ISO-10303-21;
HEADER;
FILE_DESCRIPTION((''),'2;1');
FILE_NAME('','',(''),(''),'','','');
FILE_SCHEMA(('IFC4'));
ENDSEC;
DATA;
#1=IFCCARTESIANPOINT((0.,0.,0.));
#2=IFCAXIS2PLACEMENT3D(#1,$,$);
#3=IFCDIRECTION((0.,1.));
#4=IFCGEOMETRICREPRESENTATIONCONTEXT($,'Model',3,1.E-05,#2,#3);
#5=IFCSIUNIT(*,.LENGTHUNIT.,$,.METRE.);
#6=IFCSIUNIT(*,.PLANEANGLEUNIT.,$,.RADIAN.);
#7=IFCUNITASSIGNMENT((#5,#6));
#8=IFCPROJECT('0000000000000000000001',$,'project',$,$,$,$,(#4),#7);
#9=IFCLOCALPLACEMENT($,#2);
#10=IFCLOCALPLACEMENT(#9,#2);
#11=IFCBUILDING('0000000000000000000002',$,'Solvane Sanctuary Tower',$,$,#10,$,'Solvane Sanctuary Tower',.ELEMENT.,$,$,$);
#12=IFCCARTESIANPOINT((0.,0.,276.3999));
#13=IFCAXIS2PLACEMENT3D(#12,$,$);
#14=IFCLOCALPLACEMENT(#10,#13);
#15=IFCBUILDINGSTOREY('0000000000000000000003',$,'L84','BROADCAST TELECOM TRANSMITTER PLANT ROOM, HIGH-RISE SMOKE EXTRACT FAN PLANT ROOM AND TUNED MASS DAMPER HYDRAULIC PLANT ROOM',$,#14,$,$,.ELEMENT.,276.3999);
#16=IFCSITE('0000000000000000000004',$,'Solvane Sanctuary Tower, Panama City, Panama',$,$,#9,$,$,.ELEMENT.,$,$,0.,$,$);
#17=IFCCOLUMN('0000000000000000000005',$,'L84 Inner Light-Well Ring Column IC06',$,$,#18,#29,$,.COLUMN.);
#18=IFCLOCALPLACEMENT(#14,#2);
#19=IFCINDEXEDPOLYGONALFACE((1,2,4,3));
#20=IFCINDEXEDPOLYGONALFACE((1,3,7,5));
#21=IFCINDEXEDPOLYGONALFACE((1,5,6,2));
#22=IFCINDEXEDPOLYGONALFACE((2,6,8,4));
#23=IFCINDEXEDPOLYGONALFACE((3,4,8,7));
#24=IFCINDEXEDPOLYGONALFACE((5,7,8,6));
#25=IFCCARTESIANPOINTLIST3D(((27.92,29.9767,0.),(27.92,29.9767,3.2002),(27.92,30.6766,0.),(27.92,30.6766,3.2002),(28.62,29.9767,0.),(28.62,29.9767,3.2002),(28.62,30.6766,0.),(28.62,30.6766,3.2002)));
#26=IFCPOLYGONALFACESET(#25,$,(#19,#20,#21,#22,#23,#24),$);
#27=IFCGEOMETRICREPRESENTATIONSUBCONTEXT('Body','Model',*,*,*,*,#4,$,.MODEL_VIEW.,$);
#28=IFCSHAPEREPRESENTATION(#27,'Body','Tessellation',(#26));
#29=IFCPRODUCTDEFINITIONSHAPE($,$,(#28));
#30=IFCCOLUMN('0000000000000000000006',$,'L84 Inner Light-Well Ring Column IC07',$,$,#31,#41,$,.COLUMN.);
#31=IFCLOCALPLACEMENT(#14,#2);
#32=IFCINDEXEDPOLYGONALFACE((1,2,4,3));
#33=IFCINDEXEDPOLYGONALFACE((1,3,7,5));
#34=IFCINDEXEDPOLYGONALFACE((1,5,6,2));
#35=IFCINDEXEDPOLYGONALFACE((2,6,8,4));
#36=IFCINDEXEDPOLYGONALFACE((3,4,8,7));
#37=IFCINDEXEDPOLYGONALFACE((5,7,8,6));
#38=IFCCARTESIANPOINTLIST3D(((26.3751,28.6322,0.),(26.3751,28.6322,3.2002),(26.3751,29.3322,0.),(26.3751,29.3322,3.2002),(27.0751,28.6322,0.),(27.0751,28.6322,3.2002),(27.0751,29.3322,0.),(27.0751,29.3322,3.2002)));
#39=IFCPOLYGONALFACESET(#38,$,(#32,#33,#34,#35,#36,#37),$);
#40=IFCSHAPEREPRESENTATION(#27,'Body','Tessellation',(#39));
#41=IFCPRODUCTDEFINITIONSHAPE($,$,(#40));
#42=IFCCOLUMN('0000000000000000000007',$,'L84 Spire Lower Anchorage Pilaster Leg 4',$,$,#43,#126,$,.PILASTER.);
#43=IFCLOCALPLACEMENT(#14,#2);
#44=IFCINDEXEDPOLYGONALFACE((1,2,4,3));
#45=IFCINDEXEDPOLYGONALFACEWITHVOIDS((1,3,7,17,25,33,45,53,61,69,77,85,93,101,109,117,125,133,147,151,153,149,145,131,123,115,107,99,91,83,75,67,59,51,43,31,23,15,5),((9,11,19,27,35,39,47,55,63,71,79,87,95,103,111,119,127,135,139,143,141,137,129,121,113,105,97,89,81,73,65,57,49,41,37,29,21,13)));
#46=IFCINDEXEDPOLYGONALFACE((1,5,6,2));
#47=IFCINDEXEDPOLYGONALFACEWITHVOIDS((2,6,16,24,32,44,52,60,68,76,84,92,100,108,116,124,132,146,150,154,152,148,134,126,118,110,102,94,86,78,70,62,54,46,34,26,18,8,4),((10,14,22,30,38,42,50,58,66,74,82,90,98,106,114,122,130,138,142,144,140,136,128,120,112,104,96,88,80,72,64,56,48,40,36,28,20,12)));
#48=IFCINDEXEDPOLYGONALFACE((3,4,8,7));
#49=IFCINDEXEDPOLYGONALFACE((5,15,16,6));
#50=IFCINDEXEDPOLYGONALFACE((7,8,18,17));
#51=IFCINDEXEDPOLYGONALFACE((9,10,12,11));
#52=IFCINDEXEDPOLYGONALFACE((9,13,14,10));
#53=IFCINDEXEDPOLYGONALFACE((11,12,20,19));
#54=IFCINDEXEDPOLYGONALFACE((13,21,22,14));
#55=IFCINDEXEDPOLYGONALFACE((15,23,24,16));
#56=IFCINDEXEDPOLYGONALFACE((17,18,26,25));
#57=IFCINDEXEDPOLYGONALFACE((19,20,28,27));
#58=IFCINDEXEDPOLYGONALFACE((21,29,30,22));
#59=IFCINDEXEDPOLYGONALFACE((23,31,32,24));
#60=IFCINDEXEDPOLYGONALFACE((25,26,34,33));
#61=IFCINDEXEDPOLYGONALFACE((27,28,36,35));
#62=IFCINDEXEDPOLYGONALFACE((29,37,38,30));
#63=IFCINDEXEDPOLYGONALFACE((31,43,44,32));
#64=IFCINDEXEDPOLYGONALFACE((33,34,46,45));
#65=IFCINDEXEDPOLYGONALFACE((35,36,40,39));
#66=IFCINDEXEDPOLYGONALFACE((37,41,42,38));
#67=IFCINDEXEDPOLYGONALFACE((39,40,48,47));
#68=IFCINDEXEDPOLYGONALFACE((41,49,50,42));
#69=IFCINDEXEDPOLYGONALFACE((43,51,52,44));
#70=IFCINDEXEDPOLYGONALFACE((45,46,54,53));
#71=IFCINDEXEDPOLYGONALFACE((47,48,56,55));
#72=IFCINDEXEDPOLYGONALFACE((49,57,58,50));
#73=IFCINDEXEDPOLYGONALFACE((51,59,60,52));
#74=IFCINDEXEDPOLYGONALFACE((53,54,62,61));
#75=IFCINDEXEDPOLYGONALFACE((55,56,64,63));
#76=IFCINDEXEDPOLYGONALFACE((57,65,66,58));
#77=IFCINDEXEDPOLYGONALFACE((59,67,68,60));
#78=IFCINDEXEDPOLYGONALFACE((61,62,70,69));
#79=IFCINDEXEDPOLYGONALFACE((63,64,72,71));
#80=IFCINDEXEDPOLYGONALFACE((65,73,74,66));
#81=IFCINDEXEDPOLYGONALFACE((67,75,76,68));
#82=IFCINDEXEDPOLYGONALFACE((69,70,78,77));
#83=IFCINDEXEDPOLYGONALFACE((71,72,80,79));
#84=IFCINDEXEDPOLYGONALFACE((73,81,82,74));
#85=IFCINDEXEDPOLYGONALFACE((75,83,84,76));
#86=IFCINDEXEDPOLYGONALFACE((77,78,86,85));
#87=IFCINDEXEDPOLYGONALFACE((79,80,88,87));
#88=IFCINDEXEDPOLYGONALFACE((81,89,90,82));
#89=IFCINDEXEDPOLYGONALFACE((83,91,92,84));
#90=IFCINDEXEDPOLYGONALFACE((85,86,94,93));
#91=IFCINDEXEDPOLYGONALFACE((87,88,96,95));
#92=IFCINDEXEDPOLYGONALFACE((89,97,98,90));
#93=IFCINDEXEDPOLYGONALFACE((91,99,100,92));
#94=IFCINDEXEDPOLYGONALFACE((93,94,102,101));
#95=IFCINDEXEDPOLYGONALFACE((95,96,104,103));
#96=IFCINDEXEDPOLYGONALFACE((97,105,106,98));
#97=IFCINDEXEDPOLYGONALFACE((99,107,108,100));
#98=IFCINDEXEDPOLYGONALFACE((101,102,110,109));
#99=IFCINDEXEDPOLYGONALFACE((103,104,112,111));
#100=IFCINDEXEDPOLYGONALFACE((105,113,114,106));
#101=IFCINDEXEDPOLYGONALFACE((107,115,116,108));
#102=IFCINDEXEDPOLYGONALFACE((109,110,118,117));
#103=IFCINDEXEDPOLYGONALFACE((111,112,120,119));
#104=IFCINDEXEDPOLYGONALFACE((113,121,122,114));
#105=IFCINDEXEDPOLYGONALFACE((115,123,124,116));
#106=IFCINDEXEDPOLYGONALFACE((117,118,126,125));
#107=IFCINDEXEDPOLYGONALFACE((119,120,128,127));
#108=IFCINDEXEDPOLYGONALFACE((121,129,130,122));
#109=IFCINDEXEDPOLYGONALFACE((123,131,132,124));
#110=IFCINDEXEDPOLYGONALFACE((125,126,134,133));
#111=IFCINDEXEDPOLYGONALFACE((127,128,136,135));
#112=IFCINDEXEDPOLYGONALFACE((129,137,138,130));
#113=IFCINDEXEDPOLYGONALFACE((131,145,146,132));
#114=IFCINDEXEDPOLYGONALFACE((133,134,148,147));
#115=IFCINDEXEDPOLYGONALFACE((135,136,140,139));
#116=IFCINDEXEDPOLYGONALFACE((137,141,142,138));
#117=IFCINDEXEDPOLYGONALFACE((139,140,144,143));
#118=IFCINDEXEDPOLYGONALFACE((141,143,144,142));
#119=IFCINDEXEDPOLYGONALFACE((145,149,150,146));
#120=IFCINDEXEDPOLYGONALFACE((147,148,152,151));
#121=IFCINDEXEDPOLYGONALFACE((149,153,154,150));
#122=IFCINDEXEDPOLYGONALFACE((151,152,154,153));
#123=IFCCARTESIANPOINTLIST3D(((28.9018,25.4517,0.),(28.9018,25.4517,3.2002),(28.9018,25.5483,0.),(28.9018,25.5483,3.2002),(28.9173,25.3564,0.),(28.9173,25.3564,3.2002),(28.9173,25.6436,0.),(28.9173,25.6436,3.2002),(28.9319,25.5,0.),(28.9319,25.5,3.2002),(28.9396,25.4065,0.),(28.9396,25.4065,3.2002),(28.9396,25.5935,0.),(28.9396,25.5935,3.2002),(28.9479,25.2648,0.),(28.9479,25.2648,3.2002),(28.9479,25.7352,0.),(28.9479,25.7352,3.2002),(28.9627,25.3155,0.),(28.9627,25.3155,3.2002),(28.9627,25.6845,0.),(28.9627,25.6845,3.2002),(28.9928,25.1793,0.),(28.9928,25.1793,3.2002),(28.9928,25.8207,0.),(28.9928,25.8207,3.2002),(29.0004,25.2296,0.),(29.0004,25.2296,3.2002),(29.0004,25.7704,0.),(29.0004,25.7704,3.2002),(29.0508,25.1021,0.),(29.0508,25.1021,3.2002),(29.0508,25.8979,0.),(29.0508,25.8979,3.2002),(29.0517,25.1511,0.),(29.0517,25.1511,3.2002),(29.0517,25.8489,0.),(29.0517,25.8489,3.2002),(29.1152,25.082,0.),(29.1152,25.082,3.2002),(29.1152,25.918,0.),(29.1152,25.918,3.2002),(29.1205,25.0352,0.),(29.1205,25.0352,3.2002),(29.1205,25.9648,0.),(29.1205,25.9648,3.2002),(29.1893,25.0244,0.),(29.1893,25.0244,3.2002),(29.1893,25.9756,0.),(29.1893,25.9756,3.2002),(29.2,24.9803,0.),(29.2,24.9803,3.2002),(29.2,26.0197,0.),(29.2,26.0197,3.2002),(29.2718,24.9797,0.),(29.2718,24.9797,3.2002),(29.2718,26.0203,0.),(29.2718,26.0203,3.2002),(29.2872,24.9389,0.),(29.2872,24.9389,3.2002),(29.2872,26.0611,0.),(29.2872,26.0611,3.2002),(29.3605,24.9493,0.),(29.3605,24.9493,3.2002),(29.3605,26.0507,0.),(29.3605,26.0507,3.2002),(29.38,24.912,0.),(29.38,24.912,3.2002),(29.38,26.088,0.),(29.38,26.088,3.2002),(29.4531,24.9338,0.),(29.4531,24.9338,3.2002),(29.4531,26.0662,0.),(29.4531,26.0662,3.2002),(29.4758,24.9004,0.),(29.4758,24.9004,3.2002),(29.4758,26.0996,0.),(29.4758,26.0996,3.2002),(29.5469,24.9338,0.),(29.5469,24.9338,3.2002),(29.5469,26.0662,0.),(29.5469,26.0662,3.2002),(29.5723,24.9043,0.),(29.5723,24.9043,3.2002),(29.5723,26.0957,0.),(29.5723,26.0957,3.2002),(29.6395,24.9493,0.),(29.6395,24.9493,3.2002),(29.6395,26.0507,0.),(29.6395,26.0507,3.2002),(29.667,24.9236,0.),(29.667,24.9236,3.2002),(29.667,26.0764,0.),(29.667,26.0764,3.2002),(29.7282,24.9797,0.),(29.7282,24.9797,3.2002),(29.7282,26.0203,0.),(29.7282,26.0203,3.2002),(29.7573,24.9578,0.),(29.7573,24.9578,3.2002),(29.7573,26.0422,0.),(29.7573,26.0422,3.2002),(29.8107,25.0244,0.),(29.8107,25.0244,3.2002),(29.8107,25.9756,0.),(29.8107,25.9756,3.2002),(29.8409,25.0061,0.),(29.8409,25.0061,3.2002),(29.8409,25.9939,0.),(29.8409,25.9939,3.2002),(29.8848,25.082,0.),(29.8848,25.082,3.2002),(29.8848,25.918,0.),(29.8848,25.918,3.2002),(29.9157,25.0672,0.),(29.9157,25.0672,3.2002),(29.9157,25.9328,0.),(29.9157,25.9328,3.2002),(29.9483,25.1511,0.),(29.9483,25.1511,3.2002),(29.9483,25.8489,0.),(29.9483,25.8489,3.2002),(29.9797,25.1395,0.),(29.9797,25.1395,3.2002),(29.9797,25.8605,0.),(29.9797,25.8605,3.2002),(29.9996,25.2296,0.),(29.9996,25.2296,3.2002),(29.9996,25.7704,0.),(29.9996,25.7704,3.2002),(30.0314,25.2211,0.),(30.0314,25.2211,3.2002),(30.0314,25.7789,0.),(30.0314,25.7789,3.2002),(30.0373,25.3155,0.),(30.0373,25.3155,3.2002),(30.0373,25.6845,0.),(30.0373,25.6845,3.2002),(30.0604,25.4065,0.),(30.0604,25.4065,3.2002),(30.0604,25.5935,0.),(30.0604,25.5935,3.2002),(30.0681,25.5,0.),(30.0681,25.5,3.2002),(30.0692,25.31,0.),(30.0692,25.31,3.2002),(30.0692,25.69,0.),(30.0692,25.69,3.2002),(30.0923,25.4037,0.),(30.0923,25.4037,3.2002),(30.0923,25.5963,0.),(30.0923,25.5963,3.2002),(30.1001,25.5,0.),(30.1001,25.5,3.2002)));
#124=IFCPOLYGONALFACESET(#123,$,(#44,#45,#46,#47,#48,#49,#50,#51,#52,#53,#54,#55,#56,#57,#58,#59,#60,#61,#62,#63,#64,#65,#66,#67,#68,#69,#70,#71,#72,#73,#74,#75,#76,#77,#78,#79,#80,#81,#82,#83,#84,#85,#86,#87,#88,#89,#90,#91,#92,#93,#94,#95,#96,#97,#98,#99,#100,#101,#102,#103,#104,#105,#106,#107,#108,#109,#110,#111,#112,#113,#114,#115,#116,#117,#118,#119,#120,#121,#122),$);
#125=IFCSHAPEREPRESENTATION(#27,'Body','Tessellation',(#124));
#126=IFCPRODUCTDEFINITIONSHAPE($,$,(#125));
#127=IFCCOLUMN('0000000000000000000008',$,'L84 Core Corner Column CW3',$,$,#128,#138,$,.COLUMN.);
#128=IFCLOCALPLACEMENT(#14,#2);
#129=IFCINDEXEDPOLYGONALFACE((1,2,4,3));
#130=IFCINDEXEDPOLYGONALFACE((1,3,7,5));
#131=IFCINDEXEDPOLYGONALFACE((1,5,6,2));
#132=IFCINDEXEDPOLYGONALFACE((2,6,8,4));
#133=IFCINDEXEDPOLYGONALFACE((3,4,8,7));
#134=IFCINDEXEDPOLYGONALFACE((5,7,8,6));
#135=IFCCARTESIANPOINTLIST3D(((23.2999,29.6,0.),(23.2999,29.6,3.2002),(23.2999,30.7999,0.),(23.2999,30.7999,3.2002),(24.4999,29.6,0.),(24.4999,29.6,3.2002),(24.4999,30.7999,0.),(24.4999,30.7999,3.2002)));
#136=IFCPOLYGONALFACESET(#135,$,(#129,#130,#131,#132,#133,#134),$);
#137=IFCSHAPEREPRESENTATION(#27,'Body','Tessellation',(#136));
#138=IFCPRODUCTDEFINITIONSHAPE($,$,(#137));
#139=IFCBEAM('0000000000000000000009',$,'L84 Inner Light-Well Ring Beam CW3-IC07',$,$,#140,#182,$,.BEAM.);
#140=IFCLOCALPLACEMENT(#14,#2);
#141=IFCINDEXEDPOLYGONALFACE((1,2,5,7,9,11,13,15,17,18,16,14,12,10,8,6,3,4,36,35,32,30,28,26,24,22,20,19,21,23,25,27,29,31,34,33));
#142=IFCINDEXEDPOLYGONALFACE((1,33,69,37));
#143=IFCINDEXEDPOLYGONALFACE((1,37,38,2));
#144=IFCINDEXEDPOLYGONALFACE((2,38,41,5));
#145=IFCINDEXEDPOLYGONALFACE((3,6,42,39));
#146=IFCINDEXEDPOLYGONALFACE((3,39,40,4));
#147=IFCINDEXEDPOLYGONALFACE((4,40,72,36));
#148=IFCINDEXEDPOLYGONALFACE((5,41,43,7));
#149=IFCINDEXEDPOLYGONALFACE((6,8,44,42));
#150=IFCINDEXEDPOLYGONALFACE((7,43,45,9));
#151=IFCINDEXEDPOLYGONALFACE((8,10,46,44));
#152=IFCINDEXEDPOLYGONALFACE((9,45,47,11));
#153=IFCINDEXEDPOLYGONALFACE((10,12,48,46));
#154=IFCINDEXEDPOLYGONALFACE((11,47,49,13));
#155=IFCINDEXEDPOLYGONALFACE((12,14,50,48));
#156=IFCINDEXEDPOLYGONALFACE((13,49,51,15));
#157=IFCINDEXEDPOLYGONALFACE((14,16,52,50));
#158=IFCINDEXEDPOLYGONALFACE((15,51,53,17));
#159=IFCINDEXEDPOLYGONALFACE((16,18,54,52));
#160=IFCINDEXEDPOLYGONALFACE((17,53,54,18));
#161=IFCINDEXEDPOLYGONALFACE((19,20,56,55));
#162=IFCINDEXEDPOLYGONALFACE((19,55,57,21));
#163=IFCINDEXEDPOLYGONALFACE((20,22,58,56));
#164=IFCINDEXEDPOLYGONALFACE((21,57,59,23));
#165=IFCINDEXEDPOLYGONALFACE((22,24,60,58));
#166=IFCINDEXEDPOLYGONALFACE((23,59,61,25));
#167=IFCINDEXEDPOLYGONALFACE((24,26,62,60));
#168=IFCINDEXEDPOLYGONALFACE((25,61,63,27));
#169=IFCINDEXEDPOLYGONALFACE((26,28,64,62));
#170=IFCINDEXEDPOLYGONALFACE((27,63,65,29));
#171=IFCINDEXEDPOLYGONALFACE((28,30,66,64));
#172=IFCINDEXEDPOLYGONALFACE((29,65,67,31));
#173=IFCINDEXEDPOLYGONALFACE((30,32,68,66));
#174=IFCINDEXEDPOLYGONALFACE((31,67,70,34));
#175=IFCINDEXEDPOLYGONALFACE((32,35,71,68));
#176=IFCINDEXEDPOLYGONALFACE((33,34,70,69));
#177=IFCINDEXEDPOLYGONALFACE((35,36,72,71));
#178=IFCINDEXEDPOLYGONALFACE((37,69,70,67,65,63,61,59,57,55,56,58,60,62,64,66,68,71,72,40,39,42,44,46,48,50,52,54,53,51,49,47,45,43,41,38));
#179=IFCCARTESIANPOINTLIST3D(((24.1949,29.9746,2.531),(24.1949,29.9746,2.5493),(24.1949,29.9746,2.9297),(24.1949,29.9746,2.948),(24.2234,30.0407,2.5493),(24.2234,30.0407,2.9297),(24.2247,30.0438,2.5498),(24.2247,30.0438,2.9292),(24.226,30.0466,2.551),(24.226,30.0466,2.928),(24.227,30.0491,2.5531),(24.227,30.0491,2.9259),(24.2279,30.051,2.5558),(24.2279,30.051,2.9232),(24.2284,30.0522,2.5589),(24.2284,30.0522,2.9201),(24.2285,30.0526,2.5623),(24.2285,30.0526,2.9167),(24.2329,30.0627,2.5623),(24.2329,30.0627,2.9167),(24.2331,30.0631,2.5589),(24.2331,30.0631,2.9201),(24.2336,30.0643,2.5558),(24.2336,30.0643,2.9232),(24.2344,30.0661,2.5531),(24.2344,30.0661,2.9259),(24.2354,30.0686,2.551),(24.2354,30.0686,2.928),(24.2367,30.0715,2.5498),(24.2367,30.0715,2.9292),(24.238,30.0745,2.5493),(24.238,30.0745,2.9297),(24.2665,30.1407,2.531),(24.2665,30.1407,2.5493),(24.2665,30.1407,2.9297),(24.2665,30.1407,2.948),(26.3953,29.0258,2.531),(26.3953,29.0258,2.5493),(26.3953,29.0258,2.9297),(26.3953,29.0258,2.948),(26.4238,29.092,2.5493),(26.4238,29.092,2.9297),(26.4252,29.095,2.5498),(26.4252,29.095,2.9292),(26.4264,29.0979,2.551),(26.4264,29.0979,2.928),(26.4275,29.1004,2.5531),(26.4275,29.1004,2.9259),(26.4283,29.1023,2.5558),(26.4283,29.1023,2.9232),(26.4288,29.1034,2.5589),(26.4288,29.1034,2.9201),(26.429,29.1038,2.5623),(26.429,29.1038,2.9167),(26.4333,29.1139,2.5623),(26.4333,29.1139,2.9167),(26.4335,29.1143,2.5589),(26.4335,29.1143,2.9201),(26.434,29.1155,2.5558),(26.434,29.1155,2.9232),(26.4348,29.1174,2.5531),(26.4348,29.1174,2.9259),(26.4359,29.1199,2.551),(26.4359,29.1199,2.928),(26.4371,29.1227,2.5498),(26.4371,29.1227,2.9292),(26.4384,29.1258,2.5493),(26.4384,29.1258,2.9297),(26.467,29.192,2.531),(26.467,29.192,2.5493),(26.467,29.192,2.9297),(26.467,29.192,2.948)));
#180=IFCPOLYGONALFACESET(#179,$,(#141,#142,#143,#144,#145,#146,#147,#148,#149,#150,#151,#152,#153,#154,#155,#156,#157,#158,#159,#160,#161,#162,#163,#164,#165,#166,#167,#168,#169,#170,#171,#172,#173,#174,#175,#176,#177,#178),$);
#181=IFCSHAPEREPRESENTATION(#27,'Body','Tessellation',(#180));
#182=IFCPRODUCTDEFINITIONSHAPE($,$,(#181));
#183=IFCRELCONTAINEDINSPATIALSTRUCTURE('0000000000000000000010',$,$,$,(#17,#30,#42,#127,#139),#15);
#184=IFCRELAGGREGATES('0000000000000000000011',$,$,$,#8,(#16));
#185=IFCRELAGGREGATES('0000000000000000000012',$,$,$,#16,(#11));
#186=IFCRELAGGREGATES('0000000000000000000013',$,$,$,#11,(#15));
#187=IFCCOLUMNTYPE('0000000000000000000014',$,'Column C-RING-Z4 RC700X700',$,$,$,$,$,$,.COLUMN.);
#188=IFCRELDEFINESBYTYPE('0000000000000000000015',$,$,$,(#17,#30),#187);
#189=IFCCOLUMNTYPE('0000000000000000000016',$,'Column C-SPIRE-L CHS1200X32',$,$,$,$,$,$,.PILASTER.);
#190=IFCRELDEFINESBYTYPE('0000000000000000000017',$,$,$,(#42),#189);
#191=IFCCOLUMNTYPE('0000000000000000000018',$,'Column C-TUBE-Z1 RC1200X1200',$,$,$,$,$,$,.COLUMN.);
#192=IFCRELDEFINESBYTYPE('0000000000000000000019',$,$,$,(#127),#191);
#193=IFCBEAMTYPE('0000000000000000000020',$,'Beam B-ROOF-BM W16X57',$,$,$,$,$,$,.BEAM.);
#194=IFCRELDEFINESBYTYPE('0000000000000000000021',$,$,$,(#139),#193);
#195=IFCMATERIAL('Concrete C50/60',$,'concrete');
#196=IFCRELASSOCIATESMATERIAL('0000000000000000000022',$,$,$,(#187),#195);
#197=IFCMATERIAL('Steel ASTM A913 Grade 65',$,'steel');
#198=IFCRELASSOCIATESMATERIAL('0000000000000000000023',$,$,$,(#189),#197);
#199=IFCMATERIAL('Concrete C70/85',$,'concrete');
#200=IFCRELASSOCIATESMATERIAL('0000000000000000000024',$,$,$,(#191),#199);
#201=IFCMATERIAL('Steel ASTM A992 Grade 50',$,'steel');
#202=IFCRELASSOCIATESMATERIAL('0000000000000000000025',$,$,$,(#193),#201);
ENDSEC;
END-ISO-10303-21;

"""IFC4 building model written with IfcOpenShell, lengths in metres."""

from ifc_helpers import new_model, si_unit, direction, frame, origin, origin_2d, place, context, subcontext, project, spatial, rectangle, hollow_circle, i_section, extrude, material, material_profile, profile_set, type_object, element, save


model = new_model("IFC4")

# Units and contexts
model_context = context("Model", 3, precision=1e-05, world=origin(), true_north=direction((0.0, 1.0)))
body_context = subcontext(model_context, "Body", "Model", "MODEL_VIEW")
ifc_project = project(units=[si_unit("LENGTHUNIT", "METRE"), si_unit("PLANEANGLEUNIT", "RADIAN")], contexts=[model_context])

# Site, building, storey
site_placement = place(None, origin())
site = spatial("IfcSite", under=ifc_project, at=site_placement, Name="Solvane Sanctuary Tower, Panama City, Panama", CompositionType="ELEMENT", RefElevation=0.0)
building_placement = place(site_placement, origin())
building = spatial("IfcBuilding", under=site, at=building_placement, Name="Solvane Sanctuary Tower", LongName="Solvane Sanctuary Tower", CompositionType="ELEMENT")
storey_placement = place(building_placement, frame((0.0, 0.0, 276.3999)))
storey = spatial("IfcBuildingStorey", under=building, at=storey_placement, Name="L84", Description="BROADCAST TELECOM TRANSMITTER PLANT ROOM, HIGH-RISE SMOKE EXTRACT FAN PLANT ROOM AND TUNED MASS DAMPER HYDRAULIC PLANT ROOM", CompositionType="ELEMENT", Elevation=276.3999)

# Columns
ifc_material_1 = material(Name="Concrete C50/60", Category="concrete")
ifc_material_profile_1 = material_profile(ifc_material_1, rectangle(XDim=0.7, YDim=0.7, at=origin_2d()), Name="RC700X700")
ifc_profile_set_1 = profile_set([ifc_material_profile_1], Name="Concrete C50/60")
column_type_1 = type_object("IfcColumnType", Name="Column C-RING-Z4 RC700X700", PredefinedType="COLUMN", material=ifc_profile_set_1)
for number, where, z_axis, x_axis, name in (
    (1, (28.27, 30.3267, 0.0), (0.0, 0.0, 1.0), (1.0, 0.0, 0.0), "L84 Inner Light-Well Ring Column IC06"),
    (2, (26.7251, 28.9822, 0.0), (0.0, 0.0, 1.0), (1.0, 0.0, 0.0), "L84 Inner Light-Well Ring Column IC07"),
):
    element("IfcColumn", number, at=place(storey_placement, frame(where, z_axis=z_axis, x_axis=x_axis)), inside=storey, type_object=column_type_1, Name=name, PredefinedType="COLUMN", context=body_context, shape_type="SweptSolid", body=[
        extrude(rectangle(XDim=0.7, YDim=0.7, at=origin_2d()), origin(), (0.0, 0.0, 1.0), 3.2002),
    ])
ifc_material_2 = material(Name="Steel ASTM A913 Grade 65", Category="steel")
ifc_material_profile_2 = material_profile(ifc_material_2, hollow_circle(Radius=0.6001, WallThickness=0.032, at=origin_2d()), Name="CHS1200X32")
ifc_profile_set_2 = profile_set([ifc_material_profile_2], Name="Steel ASTM A913 Grade 65")
column_type_2 = type_object("IfcColumnType", Name="Column C-SPIRE-L CHS1200X32", PredefinedType="PILASTER", material=ifc_profile_set_2)
column_1_placement = place(storey_placement, frame((29.5, 25.5, 0.0), z_axis=(0.0, 0.0, 1.0), x_axis=(1.0, 0.0, 0.0)))
element("IfcColumn", 3, at=column_1_placement, inside=storey, type_object=column_type_2, Name="L84 Spire Lower Anchorage Pilaster Leg 4", PredefinedType="PILASTER", context=body_context, shape_type="SweptSolid", body=[
    extrude(hollow_circle(Radius=0.6001, WallThickness=0.032, at=origin_2d()), origin(), (0.0, 0.0, 1.0), 3.2002),
])
ifc_material_3 = material(Name="Concrete C70/85", Category="concrete")
ifc_material_profile_3 = material_profile(ifc_material_3, rectangle(XDim=1.2, YDim=1.2, at=origin_2d()), Name="RC1200X1200")
ifc_profile_set_3 = profile_set([ifc_material_profile_3], Name="Concrete C70/85")
column_type_3 = type_object("IfcColumnType", Name="Column C-TUBE-Z1 RC1200X1200", PredefinedType="COLUMN", material=ifc_profile_set_3)
column_2_placement = place(storey_placement, frame((23.8999, 30.2, 0.0), z_axis=(0.0, 0.0, 1.0), x_axis=(1.0, 0.0, 0.0)))
element("IfcColumn", 4, at=column_2_placement, inside=storey, type_object=column_type_3, Name="L84 Core Corner Column CW3", PredefinedType="COLUMN", context=body_context, shape_type="SweptSolid", body=[
    extrude(rectangle(XDim=1.2, YDim=1.2, at=origin_2d()), origin(), (0.0, 0.0, 1.0), 3.2002),
])

# Beam
ifc_material_4 = material(Name="Steel ASTM A992 Grade 50", Category="steel")
ifc_material_profile_4 = material_profile(ifc_material_4, i_section(OverallWidth=0.1809, OverallDepth=0.417, WebThickness=0.011, FlangeThickness=0.0183, FilletRadius=0.0129, at=origin_2d()), Name="W16X57")
ifc_profile_set_4 = profile_set([ifc_material_profile_4], Name="Steel ASTM A992 Grade 50")
beam_type_1 = type_object("IfcBeamType", Name="Beam B-ROOF-BM W16X57", PredefinedType="BEAM", material=ifc_profile_set_4)
beam_1_placement = place(storey_placement, frame((24.2307, 30.0576, 2.7395), z_axis=(0.918284, -0.395923, 0.0), x_axis=(0.395923, 0.918284, 0.0)))
element("IfcBeam", 5, at=beam_1_placement, inside=storey, type_object=beam_type_1, Name="L84 Inner Light-Well Ring Beam CW3-IC07", PredefinedType="BEAM", context=body_context, shape_type="SweptSolid", body=[
    extrude(i_section(OverallWidth=0.1809, OverallDepth=0.417, WebThickness=0.011, FlangeThickness=0.0183, FilletRadius=0.0129, at=origin_2d()), origin(), (0.0, 0.0, 1.0), 2.3962),
])

save(model, "model.ifc")
